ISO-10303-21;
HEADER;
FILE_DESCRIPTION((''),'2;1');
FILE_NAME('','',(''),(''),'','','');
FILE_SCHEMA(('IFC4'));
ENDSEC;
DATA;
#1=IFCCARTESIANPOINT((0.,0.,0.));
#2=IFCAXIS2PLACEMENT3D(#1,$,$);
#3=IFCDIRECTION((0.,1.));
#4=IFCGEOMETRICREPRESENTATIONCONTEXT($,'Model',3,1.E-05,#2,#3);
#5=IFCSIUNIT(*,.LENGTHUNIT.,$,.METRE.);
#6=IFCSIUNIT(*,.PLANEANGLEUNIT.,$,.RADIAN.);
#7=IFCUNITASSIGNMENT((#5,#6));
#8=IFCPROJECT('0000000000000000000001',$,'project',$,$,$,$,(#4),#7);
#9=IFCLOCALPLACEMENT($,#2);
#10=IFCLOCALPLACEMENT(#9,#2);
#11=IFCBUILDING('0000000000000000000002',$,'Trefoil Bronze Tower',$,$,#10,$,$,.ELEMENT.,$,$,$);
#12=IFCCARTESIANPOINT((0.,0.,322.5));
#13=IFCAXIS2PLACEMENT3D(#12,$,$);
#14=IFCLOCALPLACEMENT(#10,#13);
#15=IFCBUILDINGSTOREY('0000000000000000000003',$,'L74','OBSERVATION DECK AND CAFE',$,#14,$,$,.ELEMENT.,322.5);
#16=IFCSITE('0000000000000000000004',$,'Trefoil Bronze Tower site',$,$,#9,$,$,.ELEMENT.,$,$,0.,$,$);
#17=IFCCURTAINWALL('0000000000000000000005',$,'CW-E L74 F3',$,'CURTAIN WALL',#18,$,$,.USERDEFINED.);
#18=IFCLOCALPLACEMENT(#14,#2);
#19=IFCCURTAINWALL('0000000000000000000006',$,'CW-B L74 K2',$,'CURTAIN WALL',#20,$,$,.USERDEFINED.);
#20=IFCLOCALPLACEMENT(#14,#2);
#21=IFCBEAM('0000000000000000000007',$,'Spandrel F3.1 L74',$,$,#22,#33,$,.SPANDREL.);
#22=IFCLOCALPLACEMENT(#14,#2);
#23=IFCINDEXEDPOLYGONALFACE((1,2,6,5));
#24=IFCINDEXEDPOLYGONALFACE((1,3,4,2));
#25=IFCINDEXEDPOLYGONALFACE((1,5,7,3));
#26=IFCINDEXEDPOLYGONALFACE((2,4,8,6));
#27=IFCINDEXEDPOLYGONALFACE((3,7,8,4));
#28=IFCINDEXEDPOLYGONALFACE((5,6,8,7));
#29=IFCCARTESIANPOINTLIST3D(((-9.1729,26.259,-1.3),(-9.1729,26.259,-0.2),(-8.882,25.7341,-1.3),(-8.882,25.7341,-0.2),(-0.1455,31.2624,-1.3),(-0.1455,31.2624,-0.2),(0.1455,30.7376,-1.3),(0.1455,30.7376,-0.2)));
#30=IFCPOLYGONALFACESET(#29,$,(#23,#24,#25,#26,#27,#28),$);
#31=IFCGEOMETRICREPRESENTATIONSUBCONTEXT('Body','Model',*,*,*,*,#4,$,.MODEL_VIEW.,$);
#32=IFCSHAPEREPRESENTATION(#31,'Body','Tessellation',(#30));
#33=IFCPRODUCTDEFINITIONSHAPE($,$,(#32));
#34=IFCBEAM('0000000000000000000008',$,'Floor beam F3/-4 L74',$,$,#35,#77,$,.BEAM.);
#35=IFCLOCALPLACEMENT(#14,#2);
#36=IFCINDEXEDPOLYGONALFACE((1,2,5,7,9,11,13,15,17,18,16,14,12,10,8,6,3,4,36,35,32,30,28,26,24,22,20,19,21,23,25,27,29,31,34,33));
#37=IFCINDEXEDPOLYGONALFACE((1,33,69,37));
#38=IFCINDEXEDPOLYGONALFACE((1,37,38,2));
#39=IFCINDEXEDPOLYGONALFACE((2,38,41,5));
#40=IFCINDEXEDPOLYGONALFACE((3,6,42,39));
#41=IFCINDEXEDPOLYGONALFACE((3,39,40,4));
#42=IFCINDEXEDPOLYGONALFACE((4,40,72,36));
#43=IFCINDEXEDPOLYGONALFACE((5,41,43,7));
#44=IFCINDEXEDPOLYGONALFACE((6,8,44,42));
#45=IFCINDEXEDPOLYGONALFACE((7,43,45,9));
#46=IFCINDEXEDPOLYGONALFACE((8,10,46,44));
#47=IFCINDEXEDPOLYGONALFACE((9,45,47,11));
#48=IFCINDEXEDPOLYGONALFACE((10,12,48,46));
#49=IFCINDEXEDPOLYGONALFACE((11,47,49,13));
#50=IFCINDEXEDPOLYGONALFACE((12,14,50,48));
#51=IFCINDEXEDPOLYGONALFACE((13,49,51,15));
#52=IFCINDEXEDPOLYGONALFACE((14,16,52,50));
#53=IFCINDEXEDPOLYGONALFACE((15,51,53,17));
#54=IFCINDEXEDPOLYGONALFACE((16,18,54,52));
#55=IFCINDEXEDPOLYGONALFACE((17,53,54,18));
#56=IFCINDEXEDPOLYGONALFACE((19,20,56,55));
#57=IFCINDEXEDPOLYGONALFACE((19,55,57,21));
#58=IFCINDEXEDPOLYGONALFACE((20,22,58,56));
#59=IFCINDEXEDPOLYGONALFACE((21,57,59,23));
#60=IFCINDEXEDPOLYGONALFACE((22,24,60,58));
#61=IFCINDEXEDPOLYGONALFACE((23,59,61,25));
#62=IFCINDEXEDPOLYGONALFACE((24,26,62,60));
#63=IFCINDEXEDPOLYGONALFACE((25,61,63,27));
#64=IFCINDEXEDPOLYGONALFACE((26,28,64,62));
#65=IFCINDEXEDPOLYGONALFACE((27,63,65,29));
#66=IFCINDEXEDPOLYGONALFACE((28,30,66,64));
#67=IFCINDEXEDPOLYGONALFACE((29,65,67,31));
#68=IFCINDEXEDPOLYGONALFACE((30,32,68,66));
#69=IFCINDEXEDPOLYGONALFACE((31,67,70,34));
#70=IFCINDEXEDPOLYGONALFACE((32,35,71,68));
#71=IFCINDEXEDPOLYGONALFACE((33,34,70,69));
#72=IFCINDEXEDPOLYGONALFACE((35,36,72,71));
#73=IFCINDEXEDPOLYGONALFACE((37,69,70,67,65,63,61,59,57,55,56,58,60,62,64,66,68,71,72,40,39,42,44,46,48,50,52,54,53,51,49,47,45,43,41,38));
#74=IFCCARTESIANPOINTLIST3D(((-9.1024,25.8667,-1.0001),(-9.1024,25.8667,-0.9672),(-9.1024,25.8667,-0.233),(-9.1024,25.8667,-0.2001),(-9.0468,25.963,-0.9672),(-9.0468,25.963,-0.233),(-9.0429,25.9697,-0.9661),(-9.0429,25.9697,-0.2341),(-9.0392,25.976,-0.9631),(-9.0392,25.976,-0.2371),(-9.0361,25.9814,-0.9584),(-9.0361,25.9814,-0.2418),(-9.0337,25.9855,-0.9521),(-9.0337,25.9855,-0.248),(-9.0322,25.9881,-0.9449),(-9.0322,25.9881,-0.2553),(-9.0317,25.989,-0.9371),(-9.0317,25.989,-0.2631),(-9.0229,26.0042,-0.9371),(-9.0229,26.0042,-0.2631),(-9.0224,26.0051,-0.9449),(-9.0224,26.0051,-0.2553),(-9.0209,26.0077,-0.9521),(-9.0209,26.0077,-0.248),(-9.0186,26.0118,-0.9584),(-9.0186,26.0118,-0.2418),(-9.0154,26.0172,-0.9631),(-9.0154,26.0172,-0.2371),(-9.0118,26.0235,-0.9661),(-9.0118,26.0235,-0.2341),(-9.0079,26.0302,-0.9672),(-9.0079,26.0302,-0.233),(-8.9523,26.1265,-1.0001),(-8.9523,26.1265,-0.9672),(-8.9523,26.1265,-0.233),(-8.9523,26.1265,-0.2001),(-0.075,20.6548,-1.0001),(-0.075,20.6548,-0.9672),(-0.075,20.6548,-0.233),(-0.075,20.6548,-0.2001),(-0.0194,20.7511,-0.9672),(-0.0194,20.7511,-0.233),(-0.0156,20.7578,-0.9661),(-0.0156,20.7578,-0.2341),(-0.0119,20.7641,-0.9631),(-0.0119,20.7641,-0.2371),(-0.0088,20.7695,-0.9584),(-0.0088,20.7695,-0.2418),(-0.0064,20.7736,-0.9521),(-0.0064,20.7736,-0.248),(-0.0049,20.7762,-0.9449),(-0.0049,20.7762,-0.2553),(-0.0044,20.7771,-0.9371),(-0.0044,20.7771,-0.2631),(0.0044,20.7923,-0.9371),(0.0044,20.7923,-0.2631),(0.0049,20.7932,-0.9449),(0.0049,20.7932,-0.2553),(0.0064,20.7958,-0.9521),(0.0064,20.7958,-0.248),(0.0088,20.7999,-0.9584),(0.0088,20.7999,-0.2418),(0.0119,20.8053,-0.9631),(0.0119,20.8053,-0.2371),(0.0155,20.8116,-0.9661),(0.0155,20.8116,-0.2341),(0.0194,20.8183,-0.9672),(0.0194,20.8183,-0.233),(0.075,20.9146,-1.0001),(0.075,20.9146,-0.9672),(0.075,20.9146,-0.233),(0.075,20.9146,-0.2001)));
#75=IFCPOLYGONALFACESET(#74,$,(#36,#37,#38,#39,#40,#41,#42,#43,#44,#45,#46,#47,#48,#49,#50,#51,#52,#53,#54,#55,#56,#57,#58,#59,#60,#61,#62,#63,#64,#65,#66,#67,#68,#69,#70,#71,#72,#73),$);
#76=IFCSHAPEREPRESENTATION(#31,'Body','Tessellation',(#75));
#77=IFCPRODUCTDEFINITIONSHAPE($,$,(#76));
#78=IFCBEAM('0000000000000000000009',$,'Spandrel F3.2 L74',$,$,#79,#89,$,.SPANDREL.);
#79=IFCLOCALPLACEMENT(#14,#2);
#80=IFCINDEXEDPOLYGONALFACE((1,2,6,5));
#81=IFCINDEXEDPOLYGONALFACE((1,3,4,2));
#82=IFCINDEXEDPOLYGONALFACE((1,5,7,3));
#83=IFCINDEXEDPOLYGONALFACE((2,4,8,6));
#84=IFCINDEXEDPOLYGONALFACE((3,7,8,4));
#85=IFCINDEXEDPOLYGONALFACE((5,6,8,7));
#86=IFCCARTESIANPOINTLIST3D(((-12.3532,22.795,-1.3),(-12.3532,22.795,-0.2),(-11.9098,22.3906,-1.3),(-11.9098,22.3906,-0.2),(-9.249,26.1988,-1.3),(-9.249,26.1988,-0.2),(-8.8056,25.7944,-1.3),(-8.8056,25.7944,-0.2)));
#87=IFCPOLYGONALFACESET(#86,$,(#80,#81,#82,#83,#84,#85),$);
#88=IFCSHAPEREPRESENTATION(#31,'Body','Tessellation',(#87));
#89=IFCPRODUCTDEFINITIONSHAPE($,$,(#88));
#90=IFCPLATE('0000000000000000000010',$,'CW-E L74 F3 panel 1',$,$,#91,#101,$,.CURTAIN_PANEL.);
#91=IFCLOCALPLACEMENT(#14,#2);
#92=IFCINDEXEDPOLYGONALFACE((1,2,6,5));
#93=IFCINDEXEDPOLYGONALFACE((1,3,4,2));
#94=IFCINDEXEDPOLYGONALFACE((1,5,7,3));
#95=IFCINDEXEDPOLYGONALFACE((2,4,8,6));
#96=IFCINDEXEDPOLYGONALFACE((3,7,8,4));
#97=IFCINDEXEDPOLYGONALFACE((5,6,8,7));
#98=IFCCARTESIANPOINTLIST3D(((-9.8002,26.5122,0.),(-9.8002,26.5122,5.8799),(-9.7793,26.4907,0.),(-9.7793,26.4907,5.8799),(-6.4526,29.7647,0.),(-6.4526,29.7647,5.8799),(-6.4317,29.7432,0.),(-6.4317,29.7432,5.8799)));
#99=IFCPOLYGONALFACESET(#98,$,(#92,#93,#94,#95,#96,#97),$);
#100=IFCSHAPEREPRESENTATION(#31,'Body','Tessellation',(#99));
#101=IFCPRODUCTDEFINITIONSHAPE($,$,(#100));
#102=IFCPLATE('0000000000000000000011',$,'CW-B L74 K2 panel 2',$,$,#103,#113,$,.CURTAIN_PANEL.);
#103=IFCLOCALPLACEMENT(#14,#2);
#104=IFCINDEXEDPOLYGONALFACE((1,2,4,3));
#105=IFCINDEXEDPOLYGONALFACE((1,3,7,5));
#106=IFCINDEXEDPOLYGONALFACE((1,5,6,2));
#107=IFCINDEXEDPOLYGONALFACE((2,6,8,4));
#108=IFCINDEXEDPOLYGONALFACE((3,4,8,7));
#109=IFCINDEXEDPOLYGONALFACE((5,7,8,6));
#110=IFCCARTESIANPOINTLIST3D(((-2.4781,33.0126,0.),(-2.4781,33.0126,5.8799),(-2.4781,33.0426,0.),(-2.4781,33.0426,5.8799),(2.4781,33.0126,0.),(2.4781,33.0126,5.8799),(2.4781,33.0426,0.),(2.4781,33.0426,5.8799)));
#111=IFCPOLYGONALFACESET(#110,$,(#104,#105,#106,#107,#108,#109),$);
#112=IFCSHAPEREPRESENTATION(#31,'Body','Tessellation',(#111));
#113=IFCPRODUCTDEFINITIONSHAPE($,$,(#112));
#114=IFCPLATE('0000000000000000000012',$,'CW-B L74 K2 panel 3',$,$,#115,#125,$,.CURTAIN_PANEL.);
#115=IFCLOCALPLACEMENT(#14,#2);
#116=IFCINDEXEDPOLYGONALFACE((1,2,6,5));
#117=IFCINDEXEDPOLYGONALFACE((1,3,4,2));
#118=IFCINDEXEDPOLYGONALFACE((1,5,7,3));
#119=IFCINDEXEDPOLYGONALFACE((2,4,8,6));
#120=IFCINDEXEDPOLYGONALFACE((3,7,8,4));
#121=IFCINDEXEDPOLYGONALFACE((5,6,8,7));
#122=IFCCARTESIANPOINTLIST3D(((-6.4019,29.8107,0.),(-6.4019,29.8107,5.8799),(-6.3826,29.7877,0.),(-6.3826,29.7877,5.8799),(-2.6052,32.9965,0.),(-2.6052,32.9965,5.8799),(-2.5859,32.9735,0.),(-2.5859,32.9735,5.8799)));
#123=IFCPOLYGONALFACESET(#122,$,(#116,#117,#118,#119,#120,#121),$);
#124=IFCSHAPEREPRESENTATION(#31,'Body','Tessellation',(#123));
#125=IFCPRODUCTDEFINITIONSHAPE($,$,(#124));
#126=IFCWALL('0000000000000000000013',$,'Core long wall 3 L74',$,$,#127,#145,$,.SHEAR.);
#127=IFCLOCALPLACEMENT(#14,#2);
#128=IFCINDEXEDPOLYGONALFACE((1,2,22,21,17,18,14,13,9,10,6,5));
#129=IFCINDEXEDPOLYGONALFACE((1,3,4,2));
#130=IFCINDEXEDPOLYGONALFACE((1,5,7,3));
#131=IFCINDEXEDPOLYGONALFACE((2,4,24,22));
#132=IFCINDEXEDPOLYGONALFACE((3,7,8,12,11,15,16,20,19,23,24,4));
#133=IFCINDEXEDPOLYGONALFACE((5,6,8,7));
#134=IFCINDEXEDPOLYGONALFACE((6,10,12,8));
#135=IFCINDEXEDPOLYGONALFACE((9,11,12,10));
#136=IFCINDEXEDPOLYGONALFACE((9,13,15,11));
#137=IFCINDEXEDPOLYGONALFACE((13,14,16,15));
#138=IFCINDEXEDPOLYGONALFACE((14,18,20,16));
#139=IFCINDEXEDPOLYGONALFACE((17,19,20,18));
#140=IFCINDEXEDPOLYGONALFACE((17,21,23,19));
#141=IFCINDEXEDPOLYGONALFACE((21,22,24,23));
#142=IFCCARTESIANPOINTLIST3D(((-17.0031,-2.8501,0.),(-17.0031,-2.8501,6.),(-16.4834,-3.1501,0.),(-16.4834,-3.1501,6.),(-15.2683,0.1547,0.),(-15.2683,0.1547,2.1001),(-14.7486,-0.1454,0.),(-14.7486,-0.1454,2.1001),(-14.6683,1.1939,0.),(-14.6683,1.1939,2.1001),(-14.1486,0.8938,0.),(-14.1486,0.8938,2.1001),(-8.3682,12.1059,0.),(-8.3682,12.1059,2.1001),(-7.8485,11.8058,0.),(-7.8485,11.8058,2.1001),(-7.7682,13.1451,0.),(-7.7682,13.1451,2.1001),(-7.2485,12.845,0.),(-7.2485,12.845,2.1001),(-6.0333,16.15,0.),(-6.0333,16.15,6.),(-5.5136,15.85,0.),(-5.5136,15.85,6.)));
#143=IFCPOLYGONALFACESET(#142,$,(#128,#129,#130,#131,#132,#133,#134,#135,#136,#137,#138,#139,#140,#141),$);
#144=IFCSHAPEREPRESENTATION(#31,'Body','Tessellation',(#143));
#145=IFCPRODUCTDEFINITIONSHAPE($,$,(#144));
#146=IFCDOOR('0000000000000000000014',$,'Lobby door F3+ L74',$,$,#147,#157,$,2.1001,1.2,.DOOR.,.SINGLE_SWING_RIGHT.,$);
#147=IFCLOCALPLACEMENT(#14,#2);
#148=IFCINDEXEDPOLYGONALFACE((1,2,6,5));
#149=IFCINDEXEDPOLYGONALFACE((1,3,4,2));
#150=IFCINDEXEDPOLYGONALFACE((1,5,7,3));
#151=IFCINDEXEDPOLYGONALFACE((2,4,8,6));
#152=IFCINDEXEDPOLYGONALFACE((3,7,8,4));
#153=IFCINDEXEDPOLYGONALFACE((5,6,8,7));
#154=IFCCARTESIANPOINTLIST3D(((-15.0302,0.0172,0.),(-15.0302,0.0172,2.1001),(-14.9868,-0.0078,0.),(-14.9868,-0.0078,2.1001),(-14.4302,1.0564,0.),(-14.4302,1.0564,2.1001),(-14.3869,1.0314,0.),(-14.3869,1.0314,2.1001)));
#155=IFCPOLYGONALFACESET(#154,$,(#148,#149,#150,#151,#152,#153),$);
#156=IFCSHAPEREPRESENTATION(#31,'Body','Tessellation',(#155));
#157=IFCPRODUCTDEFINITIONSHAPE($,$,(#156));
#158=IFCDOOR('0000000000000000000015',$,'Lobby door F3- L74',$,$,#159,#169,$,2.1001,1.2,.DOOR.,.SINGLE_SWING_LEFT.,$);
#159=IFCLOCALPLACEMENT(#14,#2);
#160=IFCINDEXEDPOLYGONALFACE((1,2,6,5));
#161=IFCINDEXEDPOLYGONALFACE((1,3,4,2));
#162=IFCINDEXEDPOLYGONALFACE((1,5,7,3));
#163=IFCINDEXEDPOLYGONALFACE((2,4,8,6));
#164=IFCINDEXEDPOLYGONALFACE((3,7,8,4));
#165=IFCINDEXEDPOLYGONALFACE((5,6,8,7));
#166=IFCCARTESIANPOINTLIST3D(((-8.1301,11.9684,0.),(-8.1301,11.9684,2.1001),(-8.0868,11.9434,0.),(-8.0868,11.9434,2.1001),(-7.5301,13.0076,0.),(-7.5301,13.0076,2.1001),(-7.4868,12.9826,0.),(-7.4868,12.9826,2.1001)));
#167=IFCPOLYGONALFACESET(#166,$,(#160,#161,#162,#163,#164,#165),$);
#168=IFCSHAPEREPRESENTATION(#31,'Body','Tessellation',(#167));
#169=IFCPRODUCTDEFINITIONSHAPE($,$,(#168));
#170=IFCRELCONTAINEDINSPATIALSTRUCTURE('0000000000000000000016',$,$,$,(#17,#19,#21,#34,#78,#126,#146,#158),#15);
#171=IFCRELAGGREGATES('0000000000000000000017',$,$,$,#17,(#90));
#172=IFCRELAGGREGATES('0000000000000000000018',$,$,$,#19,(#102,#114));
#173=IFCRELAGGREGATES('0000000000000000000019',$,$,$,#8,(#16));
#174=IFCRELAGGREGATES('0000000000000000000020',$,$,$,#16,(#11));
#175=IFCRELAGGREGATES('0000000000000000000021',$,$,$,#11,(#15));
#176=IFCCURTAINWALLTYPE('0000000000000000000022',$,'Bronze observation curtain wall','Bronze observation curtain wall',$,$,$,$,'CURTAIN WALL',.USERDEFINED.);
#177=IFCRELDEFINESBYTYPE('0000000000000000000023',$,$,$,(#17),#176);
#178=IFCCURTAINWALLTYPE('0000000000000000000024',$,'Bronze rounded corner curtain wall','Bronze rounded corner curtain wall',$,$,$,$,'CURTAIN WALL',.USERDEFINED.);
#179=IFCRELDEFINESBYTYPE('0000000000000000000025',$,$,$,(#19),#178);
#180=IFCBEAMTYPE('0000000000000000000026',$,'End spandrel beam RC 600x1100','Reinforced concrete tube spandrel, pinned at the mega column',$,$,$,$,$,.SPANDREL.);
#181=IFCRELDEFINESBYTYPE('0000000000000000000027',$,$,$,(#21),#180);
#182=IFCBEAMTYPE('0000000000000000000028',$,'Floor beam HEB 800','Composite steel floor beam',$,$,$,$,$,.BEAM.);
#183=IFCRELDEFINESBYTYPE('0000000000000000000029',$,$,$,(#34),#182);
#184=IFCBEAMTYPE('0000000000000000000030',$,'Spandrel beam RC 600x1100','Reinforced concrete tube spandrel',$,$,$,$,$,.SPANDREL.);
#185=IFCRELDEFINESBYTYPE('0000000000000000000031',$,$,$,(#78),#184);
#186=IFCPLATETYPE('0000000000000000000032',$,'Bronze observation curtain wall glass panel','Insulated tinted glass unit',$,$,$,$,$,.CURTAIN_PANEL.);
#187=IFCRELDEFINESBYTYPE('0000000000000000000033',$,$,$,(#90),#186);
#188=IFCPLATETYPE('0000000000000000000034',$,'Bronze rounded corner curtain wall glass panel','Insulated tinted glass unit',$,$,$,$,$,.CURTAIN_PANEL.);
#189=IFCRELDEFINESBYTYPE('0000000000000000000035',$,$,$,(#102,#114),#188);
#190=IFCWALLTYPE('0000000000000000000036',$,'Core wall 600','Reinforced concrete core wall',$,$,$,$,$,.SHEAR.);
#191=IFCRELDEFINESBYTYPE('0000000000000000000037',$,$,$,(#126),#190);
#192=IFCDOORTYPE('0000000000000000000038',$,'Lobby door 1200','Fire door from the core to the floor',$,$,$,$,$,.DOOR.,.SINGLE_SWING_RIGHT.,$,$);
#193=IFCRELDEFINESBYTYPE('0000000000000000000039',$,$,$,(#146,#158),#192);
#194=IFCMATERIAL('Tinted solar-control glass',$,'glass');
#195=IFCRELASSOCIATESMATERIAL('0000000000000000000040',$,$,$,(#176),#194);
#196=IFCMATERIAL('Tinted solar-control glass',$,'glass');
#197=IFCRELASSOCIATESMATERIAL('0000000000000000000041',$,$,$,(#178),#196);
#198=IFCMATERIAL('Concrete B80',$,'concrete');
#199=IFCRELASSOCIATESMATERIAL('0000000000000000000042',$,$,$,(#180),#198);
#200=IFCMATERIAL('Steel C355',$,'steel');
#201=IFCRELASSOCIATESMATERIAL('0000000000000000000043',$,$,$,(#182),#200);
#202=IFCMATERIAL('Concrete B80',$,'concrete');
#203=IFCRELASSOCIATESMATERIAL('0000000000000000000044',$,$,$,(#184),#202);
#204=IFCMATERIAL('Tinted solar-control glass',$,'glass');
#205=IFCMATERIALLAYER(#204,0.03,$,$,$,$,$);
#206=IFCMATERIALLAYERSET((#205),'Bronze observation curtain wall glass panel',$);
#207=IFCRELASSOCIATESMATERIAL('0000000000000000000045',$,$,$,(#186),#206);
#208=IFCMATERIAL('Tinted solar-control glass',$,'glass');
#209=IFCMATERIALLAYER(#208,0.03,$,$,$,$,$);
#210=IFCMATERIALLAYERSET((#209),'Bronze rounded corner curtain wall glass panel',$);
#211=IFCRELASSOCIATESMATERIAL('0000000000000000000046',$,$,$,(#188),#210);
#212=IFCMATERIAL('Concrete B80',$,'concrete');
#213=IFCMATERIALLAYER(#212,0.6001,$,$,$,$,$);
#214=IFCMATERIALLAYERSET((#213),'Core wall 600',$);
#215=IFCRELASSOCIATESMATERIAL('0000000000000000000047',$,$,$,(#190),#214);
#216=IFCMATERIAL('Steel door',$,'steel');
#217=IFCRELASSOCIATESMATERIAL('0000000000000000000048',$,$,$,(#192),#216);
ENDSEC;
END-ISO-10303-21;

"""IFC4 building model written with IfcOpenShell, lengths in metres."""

from ifc_helpers import new_model, si_unit, direction, frame, frame_2d, origin, origin_2d, place, context, subcontext, project, spatial, rectangle, i_section, extrude, material, layer, layer_set, material_profile, profile_set, type_object, element, fill, aggregate, save


model = new_model("IFC4")

# Units and contexts
model_context = context("Model", 3, precision=1e-05, world=origin(), true_north=direction((0.0, 1.0)))
body_context = subcontext(model_context, "Body", "Model", "MODEL_VIEW")
ifc_project = project(units=[si_unit("LENGTHUNIT", "METRE"), si_unit("PLANEANGLEUNIT", "RADIAN")], contexts=[model_context])

# Site, building, storey
site_placement = place(None, origin())
site = spatial("IfcSite", under=ifc_project, at=site_placement, Name="Trefoil Bronze Tower site", CompositionType="ELEMENT", RefElevation=0.0)
building_placement = place(site_placement, origin())
building = spatial("IfcBuilding", under=site, at=building_placement, Name="Trefoil Bronze Tower", CompositionType="ELEMENT")
storey_placement = place(building_placement, frame((0.0, 0.0, 322.5)))
storey = spatial("IfcBuildingStorey", under=building, at=storey_placement, Name="L74", Description="OBSERVATION DECK AND CAFE", CompositionType="ELEMENT", Elevation=322.5)

# Curtain walls
ifc_material_1 = material(Name="Tinted solar-control glass", Category="glass")
curtain_wall_type_1 = type_object("IfcCurtainWallType", Name="Bronze observation curtain wall", Description="Bronze observation curtain wall", ElementType="CURTAIN WALL", PredefinedType="USERDEFINED", material=ifc_material_1)
curtain_wall_1_placement = place(storey_placement, origin())
curtain_wall_1 = element("IfcCurtainWall", 1, at=curtain_wall_1_placement, inside=storey, type_object=curtain_wall_type_1, Name="CW-E L74 F3", ObjectType="CURTAIN WALL", PredefinedType="USERDEFINED")
ifc_material_2 = material(Name="Tinted solar-control glass", Category="glass")
curtain_wall_type_2 = type_object("IfcCurtainWallType", Name="Bronze rounded corner curtain wall", Description="Bronze rounded corner curtain wall", ElementType="CURTAIN WALL", PredefinedType="USERDEFINED", material=ifc_material_2)
curtain_wall_2_placement = place(storey_placement, origin())
curtain_wall_2 = element("IfcCurtainWall", 2, at=curtain_wall_2_placement, inside=storey, type_object=curtain_wall_type_2, Name="CW-B L74 K2", ObjectType="CURTAIN WALL", PredefinedType="USERDEFINED")

# Beams
ifc_material_3 = material(Name="Concrete B80", Category="concrete")
ifc_material_profile_1 = material_profile(ifc_material_3, rectangle(XDim=0.6001, YDim=1.1001, at=origin_2d()), Name="RC 600x1100")
ifc_profile_set_1 = profile_set([ifc_material_profile_1], Name="Concrete B80")
beam_type_1 = type_object("IfcBeamType", Name="End spandrel beam RC 600x1100", Description="Reinforced concrete tube spandrel, pinned at the mega column", PredefinedType="SPANDREL", material=ifc_profile_set_1)
beam_1_placement = place(storey_placement, frame((0.0, 31.0, -0.75), z_axis=(-0.874641, -0.484771, 0.0), x_axis=(0.484771, -0.874641, 0.0)))
element("IfcBeam", 3, at=beam_1_placement, inside=storey, type_object=beam_type_1, Name="Spandrel F3.1 L74", PredefinedType="SPANDREL", context=body_context, shape_type="SweptSolid", body=[
    extrude(rectangle(XDim=0.6001, YDim=1.1001, at=origin_2d()), origin(), (0.0, 0.0, 1.0), 10.3213),
])
ifc_material_4 = material(Name="Steel C355", Category="steel")
ifc_material_profile_2 = material_profile(ifc_material_4, i_section(OverallWidth=0.3, OverallDepth=0.8, WebThickness=0.0176, FlangeThickness=0.033, FilletRadius=0.03, at=origin_2d()), Name="HEB 800")
ifc_profile_set_2 = profile_set([ifc_material_profile_2], Name="Steel C355")
beam_type_2 = type_object("IfcBeamType", Name="Floor beam HEB 800", Description="Composite steel floor beam", PredefinedType="BEAM", material=ifc_profile_set_2)
beam_2_placement = place(storey_placement, frame((-9.0273, 25.9966, -0.6001), z_axis=(0.866026, -0.499998, 0.0), x_axis=(0.499998, 0.866026, 0.0)))
element("IfcBeam", 4, at=beam_2_placement, inside=storey, type_object=beam_type_2, Name="Floor beam F3/-4 L74", PredefinedType="BEAM", context=body_context, shape_type="SweptSolid", body=[
    extrude(i_section(OverallWidth=0.3, OverallDepth=0.8, WebThickness=0.0176, FlangeThickness=0.033, FilletRadius=0.03, at=origin_2d()), origin(), (0.0, 0.0, 1.0), 10.4238),
])
ifc_material_5 = material(Name="Concrete B80", Category="concrete")
ifc_material_profile_3 = material_profile(ifc_material_5, rectangle(XDim=0.6001, YDim=1.1001, at=origin_2d()), Name="RC 600x1100")
ifc_profile_set_3 = profile_set([ifc_material_profile_3], Name="Concrete B80")
beam_type_3 = type_object("IfcBeamType", Name="Spandrel beam RC 600x1100", Description="Reinforced concrete tube spandrel", PredefinedType="SPANDREL", material=ifc_profile_set_3)
beam_3_placement = place(storey_placement, frame((-9.0273, 25.9966, -0.75), z_axis=(-0.673846, -0.738872, 0.0), x_axis=(0.738872, -0.673846, 0.0)))
element("IfcBeam", 5, at=beam_3_placement, inside=storey, type_object=beam_type_3, Name="Spandrel F3.2 L74", PredefinedType="SPANDREL", context=body_context, shape_type="SweptSolid", body=[
    extrude(rectangle(XDim=0.6001, YDim=1.1001, at=origin_2d()), origin(), (0.0, 0.0, 1.0), 4.6067),
])

# Plates
ifc_material_6 = material(Name="Tinted solar-control glass", Category="glass")
ifc_layer_1 = layer(ifc_material_6, 0.03)
ifc_layer_set_1 = layer_set([ifc_layer_1], Name="Bronze observation curtain wall glass panel")
plate_type_1 = type_object("IfcPlateType", Name="Bronze observation curtain wall glass panel", Description="Insulated tinted glass unit", PredefinedType="CURTAIN_PANEL", material=ifc_layer_set_1)
plate_1_placement = place(storey_placement, frame((-8.116, 28.1277, 0.0), z_axis=(0.0, 0.0, 1.0), x_axis=(-0.717218, -0.696849, 0.0)))
plate_1 = element("IfcPlate", 6, at=plate_1_placement, type_object=plate_type_1, Name="CW-E L74 F3 panel 1", PredefinedType="CURTAIN_PANEL", context=body_context, shape_type="SweptSolid", body=[
    extrude(rectangle(XDim=4.6675, YDim=0.03, at=origin_2d()), origin(), (0.0, 0.0, 1.0), 5.8799),
])
aggregate(curtain_wall_1, [plate_1])
ifc_material_7 = material(Name="Tinted solar-control glass", Category="glass")
ifc_layer_2 = layer(ifc_material_7, 0.03)
ifc_layer_set_2 = layer_set([ifc_layer_2], Name="Bronze rounded corner curtain wall glass panel")
plate_type_2 = type_object("IfcPlateType", Name="Bronze rounded corner curtain wall glass panel", Description="Insulated tinted glass unit", PredefinedType="CURTAIN_PANEL", material=ifc_layer_set_2)
plate_2_placement = place(storey_placement, frame((0.0, 33.0276, 0.0), z_axis=(0.0, 0.0, 1.0), x_axis=(-1.0, 0.0, 0.0)))
plate_2 = element("IfcPlate", 7, at=plate_2_placement, type_object=plate_type_2, Name="CW-B L74 K2 panel 2", PredefinedType="CURTAIN_PANEL", context=body_context, shape_type="SweptSolid", body=[
    extrude(rectangle(XDim=4.9563, YDim=0.03, at=origin_2d()), origin(), (0.0, 0.0, 1.0), 5.8799),
])
plate_3_placement = place(storey_placement, frame((-4.4939, 31.3921, 0.0), z_axis=(0.0, 0.0, 1.0), x_axis=(-0.766044, -0.642788, 0.0)))
plate_3 = element("IfcPlate", 8, at=plate_3_placement, type_object=plate_type_2, Name="CW-B L74 K2 panel 3", PredefinedType="CURTAIN_PANEL", context=body_context, shape_type="SweptSolid", body=[
    extrude(rectangle(XDim=4.9563, YDim=0.03, at=origin_2d()), origin(), (0.0, 0.0, 1.0), 5.8799),
])
aggregate(curtain_wall_2, [plate_2, plate_3])

# Wall, openings, doors
ifc_material_8 = material(Name="Concrete B80", Category="concrete")
ifc_layer_3 = layer(ifc_material_8, 0.6001)
ifc_layer_set_3 = layer_set([ifc_layer_3], Name="Core wall 600")
wall_type_1 = type_object("IfcWallType", Name="Core wall 600", Description="Reinforced concrete core wall", PredefinedType="SHEAR", material=ifc_layer_set_3)
wall_1_placement = place(storey_placement, frame((-5.7734, 16.0, 0.0), z_axis=(0.0, 0.0, 1.0), x_axis=(-0.500002, -0.866024, 0.0)))
wall_1 = element("IfcWall", 9, at=wall_1_placement, inside=storey, type_object=wall_type_1, Name="Core long wall 3 L74", PredefinedType="SHEAR", context=body_context, shape_type="SweptSolid", body=[
    extrude(rectangle(XDim=21.9395, YDim=0.6001, at=frame_2d((10.9697, 0.0))), origin(), (0.0, 0.0, 1.0), 6.0),
])
opening_1_placement = place(wall_1_placement, frame((17.2698, 0.0, 0.0)))
opening_1 = element("IfcOpeningElement", 10, at=opening_1_placement, cuts=wall_1, PredefinedType="OPENING", context=body_context, shape_type="SweptSolid", body=[
    extrude(rectangle(XDim=1.2, YDim=2.1001, at=frame_2d((0.6001, 1.05))), frame((0.0, 0.3101, 0.0), z_axis=(0.0, -1.0, 0.0), x_axis=(1.0, 0.0, 0.0)), (0.0, 0.0, 1.0), 0.6201),
])
opening_2_placement = place(wall_1_placement, frame((3.4697, 0.0, 0.0)))
opening_2 = element("IfcOpeningElement", 11, at=opening_2_placement, cuts=wall_1, PredefinedType="OPENING", context=body_context, shape_type="SweptSolid", body=[
    extrude(rectangle(XDim=1.2, YDim=2.1001, at=frame_2d((0.6001, 1.05))), frame((0.0, 0.3101, 0.0), z_axis=(0.0, -1.0, 0.0), x_axis=(1.0, 0.0, 0.0)), (0.0, 0.0, 1.0), 0.6201),
])
ifc_material_9 = material(Name="Steel door", Category="steel")
door_type_1 = type_object("IfcDoorType", Name="Lobby door 1200", Description="Fire door from the core to the floor", OperationType="SINGLE_SWING_RIGHT", PredefinedType="DOOR", material=ifc_material_9)
door_1_placement = place(opening_1_placement, origin())
door_1 = element("IfcDoor", 12, at=door_1_placement, inside=storey, type_object=door_type_1, Name="Lobby door F3+ L74", OperationType="SINGLE_SWING_RIGHT", OverallHeight=2.1001, OverallWidth=1.2, PredefinedType="DOOR", context=body_context, shape_type="SweptSolid", body=[
    extrude(rectangle(XDim=1.2, YDim=2.1001, at=frame_2d((0.6001, 1.05))), frame((0.0, 0.0249, 0.0), z_axis=(0.0, -1.0, 0.0), x_axis=(1.0, 0.0, 0.0)), (0.0, 0.0, 1.0), 0.05),
])
fill(opening_1, door_1)
door_2_placement = place(opening_2_placement, origin())
door_2 = element("IfcDoor", 13, at=door_2_placement, inside=storey, type_object=door_type_1, Name="Lobby door F3- L74", OperationType="SINGLE_SWING_LEFT", OverallHeight=2.1001, OverallWidth=1.2, PredefinedType="DOOR", context=body_context, shape_type="SweptSolid", body=[
    extrude(rectangle(XDim=1.2, YDim=2.1001, at=frame_2d((0.6001, 1.05))), frame((0.0, 0.0249, 0.0), z_axis=(0.0, -1.0, 0.0), x_axis=(1.0, 0.0, 0.0)), (0.0, 0.0, 1.0), 0.05),
])
fill(opening_2, door_2)

save(model, "model.ifc")
